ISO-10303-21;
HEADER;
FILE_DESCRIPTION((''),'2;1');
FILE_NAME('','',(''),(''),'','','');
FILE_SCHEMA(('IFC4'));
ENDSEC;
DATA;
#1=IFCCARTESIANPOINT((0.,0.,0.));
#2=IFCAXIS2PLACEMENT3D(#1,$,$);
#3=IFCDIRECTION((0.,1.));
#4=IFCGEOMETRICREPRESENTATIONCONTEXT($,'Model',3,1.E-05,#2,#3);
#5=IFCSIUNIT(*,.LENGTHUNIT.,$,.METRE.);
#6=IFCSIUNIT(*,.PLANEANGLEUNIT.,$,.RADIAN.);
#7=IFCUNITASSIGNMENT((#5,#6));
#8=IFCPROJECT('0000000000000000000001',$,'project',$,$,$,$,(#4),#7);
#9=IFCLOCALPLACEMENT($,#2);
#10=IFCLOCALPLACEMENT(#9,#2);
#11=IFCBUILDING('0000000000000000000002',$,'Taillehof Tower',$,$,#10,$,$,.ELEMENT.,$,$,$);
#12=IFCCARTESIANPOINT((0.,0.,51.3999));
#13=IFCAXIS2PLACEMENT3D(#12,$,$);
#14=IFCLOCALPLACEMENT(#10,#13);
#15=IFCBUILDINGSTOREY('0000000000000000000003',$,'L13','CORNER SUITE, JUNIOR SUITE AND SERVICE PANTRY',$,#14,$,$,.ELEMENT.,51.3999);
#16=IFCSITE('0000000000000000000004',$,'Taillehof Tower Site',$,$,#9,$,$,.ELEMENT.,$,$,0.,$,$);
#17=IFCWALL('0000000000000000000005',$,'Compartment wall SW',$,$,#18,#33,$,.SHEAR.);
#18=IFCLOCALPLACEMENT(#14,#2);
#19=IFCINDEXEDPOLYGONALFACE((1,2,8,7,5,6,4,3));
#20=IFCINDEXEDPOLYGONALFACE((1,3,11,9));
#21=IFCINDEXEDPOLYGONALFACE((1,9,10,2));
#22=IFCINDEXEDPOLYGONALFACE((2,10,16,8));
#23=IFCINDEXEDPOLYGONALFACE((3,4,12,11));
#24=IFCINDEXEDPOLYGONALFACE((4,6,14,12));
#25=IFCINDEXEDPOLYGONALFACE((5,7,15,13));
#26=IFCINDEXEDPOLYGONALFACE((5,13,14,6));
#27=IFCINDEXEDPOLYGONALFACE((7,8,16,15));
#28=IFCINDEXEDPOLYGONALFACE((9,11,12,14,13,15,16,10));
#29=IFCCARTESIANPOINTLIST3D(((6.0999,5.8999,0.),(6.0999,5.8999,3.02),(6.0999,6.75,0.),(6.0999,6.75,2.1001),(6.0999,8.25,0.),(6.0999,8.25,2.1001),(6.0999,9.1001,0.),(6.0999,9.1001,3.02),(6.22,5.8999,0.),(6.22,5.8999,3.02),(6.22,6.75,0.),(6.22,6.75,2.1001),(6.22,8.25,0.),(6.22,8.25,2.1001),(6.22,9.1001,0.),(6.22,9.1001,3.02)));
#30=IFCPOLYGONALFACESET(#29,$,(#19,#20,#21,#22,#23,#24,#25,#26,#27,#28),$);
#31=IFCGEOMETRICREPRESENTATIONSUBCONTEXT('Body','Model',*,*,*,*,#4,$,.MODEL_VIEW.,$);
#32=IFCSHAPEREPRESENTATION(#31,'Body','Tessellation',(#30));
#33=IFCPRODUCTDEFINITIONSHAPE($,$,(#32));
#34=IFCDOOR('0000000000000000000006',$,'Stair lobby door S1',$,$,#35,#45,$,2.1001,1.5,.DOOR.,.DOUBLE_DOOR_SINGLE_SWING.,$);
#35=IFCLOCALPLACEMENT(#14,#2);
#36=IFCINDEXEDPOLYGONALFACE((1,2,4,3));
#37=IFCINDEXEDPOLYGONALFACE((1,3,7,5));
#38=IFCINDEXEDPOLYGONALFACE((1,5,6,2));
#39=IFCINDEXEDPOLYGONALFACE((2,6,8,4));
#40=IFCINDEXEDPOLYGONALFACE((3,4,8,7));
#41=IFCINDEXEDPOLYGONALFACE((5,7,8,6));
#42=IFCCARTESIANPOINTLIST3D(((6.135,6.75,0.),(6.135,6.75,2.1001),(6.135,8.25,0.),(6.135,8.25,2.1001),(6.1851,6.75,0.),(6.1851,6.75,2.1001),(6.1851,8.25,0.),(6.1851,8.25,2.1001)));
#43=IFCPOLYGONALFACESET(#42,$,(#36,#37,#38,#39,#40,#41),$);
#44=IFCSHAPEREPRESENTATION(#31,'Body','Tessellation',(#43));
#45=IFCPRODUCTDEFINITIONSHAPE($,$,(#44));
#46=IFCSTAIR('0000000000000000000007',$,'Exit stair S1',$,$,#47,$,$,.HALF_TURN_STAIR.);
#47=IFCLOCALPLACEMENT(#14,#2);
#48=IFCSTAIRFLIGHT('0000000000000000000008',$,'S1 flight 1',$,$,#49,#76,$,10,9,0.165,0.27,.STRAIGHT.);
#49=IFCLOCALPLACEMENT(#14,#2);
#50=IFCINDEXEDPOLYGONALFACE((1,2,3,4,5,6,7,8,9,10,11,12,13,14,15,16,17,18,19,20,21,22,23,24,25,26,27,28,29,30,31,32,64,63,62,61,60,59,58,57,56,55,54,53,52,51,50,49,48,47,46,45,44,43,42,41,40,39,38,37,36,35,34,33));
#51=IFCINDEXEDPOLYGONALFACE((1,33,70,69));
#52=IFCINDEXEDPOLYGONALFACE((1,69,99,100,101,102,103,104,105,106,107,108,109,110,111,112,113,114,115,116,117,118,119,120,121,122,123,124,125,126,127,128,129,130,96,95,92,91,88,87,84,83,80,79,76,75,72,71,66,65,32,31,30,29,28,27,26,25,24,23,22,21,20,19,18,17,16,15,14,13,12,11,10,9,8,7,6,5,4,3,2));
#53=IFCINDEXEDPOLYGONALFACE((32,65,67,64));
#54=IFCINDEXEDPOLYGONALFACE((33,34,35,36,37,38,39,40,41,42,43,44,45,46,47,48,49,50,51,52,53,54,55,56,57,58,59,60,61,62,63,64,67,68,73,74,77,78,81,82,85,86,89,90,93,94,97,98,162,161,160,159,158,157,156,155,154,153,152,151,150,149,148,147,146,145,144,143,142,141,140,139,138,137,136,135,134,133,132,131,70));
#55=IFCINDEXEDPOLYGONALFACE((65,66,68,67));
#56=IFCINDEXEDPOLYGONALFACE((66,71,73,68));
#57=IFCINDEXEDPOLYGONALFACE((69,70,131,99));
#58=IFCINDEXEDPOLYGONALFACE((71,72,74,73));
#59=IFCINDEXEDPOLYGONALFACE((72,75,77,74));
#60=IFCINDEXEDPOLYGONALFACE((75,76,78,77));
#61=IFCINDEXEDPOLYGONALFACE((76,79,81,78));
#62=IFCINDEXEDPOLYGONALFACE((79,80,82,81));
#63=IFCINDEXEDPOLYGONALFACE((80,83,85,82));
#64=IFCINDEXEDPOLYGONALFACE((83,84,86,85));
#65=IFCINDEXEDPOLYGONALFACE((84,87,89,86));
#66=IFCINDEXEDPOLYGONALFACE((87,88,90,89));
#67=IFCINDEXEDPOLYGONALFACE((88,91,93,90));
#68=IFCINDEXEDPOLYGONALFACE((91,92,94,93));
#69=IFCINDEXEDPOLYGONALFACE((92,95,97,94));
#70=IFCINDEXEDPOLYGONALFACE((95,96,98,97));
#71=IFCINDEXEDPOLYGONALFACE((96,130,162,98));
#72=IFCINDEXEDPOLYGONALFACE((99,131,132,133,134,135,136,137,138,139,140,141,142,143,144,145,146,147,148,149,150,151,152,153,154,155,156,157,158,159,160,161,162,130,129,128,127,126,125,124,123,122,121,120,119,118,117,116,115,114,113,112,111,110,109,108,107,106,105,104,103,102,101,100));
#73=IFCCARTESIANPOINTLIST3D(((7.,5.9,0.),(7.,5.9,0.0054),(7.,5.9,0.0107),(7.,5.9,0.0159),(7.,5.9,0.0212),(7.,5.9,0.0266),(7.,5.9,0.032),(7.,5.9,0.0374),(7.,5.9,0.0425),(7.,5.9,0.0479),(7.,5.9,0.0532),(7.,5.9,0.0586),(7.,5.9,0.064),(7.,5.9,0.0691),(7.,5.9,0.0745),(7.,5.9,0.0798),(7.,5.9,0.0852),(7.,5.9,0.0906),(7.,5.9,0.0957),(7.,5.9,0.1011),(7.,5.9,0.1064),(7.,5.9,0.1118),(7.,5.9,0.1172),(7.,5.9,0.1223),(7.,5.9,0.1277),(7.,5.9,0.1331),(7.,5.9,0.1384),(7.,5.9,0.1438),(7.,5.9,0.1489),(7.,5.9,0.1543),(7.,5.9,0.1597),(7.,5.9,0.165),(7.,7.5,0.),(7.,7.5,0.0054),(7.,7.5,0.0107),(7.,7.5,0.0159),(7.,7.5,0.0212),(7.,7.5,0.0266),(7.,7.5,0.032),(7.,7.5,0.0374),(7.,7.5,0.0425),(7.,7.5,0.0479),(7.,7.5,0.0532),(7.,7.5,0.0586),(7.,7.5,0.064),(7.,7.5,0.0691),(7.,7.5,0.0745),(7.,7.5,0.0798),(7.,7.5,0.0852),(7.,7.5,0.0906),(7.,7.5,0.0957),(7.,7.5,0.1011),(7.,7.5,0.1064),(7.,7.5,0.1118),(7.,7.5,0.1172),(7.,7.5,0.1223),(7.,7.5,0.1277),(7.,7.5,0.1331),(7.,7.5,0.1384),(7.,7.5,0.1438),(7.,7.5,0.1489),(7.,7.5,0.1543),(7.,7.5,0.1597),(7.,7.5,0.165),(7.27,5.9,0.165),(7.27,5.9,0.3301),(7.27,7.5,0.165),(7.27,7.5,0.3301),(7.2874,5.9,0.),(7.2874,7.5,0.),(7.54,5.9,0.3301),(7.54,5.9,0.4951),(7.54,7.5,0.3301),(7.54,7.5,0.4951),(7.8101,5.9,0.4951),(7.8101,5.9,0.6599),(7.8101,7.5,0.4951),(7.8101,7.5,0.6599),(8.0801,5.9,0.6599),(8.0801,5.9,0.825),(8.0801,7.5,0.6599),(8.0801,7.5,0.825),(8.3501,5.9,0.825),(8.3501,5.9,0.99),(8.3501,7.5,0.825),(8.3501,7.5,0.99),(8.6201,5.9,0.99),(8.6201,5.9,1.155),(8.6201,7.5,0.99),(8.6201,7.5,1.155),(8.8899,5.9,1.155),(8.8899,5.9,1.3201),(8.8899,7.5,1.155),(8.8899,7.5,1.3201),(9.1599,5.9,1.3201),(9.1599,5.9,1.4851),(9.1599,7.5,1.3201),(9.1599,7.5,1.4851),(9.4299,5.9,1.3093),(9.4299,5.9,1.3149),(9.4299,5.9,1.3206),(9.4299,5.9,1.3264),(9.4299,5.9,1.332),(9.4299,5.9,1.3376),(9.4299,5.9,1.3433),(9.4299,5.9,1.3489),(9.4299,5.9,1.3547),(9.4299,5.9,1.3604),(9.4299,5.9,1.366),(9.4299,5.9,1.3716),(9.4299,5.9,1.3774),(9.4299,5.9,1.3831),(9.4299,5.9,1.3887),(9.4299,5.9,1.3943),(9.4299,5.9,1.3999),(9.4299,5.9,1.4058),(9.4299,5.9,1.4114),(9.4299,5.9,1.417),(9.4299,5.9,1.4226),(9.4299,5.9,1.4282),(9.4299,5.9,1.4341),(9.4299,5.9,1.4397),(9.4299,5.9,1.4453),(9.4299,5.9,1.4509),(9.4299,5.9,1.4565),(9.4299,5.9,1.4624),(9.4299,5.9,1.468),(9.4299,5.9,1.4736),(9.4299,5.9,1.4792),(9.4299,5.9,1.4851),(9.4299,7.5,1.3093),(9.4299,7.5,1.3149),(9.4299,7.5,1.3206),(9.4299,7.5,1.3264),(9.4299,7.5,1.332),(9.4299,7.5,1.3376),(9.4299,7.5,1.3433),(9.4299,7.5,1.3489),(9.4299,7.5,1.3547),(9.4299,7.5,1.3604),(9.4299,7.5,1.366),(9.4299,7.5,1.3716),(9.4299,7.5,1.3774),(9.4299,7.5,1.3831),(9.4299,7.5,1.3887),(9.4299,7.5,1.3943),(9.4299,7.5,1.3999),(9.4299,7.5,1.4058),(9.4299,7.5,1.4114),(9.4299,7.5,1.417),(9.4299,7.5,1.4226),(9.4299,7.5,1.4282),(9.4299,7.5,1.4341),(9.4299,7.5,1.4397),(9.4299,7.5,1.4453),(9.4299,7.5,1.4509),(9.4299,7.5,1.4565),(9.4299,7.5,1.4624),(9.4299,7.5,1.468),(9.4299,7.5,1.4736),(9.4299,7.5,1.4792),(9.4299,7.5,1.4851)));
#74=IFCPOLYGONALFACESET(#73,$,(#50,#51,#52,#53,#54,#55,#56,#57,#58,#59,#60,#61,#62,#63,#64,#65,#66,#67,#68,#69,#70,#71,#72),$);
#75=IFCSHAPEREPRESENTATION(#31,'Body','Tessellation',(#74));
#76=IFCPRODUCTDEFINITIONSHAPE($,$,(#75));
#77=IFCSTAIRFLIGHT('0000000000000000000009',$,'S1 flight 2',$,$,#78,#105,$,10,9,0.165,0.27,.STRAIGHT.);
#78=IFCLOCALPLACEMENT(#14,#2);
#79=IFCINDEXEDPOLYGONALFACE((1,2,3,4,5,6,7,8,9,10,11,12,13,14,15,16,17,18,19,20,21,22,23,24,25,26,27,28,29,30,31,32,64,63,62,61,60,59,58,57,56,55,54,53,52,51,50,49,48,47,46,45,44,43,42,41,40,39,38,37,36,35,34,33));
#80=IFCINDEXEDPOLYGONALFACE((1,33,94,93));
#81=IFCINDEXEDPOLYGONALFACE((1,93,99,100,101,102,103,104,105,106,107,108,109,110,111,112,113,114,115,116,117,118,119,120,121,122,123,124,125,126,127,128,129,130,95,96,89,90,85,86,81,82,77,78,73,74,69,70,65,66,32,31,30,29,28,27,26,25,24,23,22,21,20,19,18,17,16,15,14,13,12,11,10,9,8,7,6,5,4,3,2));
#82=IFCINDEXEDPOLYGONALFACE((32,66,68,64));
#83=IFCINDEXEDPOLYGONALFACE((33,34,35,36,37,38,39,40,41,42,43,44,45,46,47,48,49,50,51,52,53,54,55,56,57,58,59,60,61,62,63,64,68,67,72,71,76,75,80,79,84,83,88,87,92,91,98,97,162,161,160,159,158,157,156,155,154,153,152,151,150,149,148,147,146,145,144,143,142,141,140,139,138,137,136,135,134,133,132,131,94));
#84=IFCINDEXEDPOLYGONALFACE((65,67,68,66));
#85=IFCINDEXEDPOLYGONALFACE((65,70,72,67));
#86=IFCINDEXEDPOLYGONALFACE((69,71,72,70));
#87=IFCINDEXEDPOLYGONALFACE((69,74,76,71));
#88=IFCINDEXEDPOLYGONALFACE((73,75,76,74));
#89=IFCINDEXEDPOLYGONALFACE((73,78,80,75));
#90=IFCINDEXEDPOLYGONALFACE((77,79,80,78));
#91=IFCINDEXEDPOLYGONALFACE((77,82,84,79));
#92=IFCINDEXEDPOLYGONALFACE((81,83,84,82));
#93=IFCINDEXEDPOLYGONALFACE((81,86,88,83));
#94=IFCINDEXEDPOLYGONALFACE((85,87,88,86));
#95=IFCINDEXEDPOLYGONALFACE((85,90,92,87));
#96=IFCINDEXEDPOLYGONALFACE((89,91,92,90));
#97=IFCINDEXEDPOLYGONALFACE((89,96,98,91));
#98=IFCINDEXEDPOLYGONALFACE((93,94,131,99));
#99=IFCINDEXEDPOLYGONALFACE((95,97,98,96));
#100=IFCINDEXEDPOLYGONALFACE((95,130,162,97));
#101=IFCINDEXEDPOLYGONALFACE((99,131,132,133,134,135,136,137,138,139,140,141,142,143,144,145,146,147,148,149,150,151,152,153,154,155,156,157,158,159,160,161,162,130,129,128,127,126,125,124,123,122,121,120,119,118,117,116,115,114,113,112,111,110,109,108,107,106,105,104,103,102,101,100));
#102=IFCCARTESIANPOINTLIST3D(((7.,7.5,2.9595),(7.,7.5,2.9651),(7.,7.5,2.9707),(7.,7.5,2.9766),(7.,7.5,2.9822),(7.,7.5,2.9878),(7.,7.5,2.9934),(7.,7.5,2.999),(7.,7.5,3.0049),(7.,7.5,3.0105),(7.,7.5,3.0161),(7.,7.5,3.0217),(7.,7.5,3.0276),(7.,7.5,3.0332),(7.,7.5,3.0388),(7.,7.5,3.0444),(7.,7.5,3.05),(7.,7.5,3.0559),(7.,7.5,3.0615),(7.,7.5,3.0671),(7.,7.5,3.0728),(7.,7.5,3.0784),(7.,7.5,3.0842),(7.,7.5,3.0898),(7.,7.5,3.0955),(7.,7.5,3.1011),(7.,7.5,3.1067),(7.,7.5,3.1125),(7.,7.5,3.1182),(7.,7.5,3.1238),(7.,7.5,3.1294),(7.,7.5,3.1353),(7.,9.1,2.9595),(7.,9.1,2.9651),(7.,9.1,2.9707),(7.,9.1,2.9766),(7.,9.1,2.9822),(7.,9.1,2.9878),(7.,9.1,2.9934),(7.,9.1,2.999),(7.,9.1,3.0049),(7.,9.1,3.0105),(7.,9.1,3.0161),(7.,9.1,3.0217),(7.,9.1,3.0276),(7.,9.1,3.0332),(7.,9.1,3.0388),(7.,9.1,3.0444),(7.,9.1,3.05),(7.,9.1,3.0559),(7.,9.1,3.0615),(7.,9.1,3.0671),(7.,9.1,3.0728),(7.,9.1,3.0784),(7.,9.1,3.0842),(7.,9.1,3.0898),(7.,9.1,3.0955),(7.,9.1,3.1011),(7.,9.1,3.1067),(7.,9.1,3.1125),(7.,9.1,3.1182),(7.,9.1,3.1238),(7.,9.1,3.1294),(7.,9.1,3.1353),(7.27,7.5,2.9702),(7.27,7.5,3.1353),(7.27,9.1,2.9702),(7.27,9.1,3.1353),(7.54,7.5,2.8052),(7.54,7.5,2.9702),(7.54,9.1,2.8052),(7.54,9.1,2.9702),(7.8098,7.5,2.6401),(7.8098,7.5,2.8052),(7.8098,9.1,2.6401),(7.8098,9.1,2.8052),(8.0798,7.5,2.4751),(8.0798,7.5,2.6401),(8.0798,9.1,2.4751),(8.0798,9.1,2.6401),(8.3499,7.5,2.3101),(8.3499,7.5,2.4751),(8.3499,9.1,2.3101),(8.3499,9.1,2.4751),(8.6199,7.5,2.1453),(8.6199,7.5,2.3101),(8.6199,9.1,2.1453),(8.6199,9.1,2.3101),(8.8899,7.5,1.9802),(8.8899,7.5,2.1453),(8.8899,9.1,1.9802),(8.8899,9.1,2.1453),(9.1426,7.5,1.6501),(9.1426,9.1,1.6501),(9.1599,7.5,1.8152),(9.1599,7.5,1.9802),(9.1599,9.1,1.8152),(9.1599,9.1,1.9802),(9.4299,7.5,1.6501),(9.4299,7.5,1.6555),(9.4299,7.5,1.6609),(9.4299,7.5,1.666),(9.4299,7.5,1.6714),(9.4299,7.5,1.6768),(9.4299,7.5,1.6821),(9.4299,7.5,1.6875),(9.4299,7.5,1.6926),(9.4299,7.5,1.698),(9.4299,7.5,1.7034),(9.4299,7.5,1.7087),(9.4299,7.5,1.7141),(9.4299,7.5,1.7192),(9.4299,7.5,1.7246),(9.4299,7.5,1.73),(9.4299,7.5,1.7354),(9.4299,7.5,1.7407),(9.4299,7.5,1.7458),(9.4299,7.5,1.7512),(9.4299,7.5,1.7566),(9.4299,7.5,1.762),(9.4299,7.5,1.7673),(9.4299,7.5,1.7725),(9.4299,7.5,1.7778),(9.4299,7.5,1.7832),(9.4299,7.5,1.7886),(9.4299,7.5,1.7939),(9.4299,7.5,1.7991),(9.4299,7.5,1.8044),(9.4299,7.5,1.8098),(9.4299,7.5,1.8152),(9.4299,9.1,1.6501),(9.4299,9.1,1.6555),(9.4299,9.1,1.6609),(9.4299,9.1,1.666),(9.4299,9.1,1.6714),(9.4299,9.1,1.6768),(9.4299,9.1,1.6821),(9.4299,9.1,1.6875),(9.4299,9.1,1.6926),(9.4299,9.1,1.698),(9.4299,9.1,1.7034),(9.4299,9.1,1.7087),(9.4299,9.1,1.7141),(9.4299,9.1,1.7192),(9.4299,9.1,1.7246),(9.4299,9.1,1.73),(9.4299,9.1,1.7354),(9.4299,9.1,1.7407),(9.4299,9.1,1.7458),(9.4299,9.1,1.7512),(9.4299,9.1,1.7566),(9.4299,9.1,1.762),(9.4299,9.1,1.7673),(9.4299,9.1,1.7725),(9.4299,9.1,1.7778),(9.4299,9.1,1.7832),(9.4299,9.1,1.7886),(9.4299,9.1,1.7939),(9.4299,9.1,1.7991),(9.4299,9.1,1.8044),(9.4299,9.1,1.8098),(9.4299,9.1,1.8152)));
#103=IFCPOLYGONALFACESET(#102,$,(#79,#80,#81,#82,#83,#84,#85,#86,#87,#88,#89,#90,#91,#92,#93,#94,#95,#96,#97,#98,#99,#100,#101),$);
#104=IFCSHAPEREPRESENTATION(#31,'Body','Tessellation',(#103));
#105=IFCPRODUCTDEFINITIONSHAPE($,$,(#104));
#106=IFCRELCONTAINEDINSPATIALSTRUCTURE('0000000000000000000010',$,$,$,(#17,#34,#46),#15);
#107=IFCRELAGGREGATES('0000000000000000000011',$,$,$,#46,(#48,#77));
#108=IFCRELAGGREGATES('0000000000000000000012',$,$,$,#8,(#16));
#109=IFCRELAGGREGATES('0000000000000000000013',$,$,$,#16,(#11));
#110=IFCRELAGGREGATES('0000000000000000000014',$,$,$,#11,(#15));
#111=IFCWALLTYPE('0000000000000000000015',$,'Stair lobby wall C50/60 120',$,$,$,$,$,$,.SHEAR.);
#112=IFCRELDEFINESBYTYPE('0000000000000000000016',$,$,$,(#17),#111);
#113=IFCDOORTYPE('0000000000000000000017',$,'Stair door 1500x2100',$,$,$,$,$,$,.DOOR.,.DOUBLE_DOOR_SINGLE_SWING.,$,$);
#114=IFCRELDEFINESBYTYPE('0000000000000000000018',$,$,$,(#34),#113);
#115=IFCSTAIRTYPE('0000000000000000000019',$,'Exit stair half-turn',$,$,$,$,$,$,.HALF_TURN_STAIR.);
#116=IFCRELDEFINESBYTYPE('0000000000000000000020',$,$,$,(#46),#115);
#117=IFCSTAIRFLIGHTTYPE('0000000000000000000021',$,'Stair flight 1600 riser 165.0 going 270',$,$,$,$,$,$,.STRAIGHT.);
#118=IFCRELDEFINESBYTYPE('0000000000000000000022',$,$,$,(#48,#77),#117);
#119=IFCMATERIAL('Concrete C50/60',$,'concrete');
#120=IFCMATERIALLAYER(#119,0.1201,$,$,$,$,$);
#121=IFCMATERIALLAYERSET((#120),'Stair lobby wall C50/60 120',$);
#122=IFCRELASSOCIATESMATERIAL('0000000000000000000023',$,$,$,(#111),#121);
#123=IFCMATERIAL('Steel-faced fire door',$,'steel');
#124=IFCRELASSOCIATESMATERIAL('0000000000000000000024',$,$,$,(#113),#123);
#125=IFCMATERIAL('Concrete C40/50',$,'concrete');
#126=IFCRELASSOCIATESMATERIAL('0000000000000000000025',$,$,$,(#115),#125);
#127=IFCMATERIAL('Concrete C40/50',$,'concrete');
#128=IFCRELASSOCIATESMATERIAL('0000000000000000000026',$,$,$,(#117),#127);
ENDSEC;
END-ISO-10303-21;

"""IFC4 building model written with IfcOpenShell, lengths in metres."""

from ifc_helpers import new_model, si_unit, direction, frame, frame_2d, origin, place, context, subcontext, project, spatial, polyline, rectangle, outline, extrude, material, layer, layer_set, type_object, element, fill, aggregate, save


model = new_model("IFC4")

# Units and contexts
model_context = context("Model", 3, precision=1e-05, world=origin(), true_north=direction((0.0, 1.0)))
body_context = subcontext(model_context, "Body", "Model", "MODEL_VIEW")
ifc_project = project(units=[si_unit("LENGTHUNIT", "METRE"), si_unit("PLANEANGLEUNIT", "RADIAN")], contexts=[model_context])

# Site, building, storey
site_placement = place(None, origin())
site = spatial("IfcSite", under=ifc_project, at=site_placement, Name="Taillehof Tower Site", CompositionType="ELEMENT", RefElevation=0.0)
building_placement = place(site_placement, origin())
building = spatial("IfcBuilding", under=site, at=building_placement, Name="Taillehof Tower", CompositionType="ELEMENT")
storey_placement = place(building_placement, frame((0.0, 0.0, 51.3999)))
storey = spatial("IfcBuildingStorey", under=building, at=storey_placement, Name="L13", Description="CORNER SUITE, JUNIOR SUITE AND SERVICE PANTRY", CompositionType="ELEMENT", Elevation=51.3999)

# Wall, opening, door
ifc_material_1 = material(Name="Concrete C50/60", Category="concrete")
ifc_layer_1 = layer(ifc_material_1, 0.1201)
ifc_layer_set_1 = layer_set([ifc_layer_1], Name="Stair lobby wall C50/60 120")
wall_type_1 = type_object("IfcWallType", Name="Stair lobby wall C50/60 120", PredefinedType="SHEAR", material=ifc_layer_set_1)
wall_1_placement = place(storey_placement, frame((6.1599, 5.8999, 0.0), z_axis=(0.0, 0.0, 1.0), x_axis=(0.0, 1.0, 0.0)))
wall_1 = element("IfcWall", 1, at=wall_1_placement, inside=storey, type_object=wall_type_1, Name="Compartment wall SW", PredefinedType="SHEAR", context=body_context, shape_type="SweptSolid", body=[
    extrude(rectangle(XDim=3.2002, YDim=0.1201, at=frame_2d((1.6001, 0.0))), origin(), (0.0, 0.0, 1.0), 3.02),
])
opening_1_placement = place(wall_1_placement, frame((0.8501, 0.0, 0.0)))
opening_1 = element("IfcOpeningElement", 2, at=opening_1_placement, cuts=wall_1, PredefinedType="OPENING", context=body_context, shape_type="SweptSolid", body=[
    extrude(rectangle(XDim=1.5, YDim=2.1001, at=frame_2d((0.75, 1.05))), frame((0.0, 0.0701, 0.0), z_axis=(0.0, -1.0, 0.0), x_axis=(1.0, 0.0, 0.0)), (0.0, 0.0, 1.0), 0.1401),
])
ifc_material_2 = material(Name="Steel-faced fire door", Category="steel")
door_type_1 = type_object("IfcDoorType", Name="Stair door 1500x2100", OperationType="DOUBLE_DOOR_SINGLE_SWING", PredefinedType="DOOR", material=ifc_material_2)
door_1_placement = place(opening_1_placement, origin())
door_1 = element("IfcDoor", 3, at=door_1_placement, inside=storey, type_object=door_type_1, Name="Stair lobby door S1", OperationType="DOUBLE_DOOR_SINGLE_SWING", OverallHeight=2.1001, OverallWidth=1.5, PredefinedType="DOOR", context=body_context, shape_type="SweptSolid", body=[
    extrude(rectangle(XDim=1.5, YDim=2.1001, at=frame_2d((0.75, 1.05))), frame((0.0, 0.0249, 0.0), z_axis=(0.0, -1.0, 0.0), x_axis=(1.0, 0.0, 0.0)), (0.0, 0.0, 1.0), 0.05),
])
fill(opening_1, door_1)

# Stair, stair flights
ifc_material_3 = material(Name="Concrete C40/50", Category="concrete")
stair_type = type_object("IfcStairType", Name="Exit stair half-turn", PredefinedType="HALF_TURN_STAIR", material=ifc_material_3)
stair_placement = place(storey_placement, origin())
stair = element("IfcStair", 4, at=stair_placement, inside=storey, type_object=stair_type, Name="Exit stair S1", PredefinedType="HALF_TURN_STAIR")
ifc_material_4 = material(Name="Concrete C40/50", Category="concrete")
stair_flight_type = type_object("IfcStairFlightType", Name="Stair flight 1600 riser 165.0 going 270", PredefinedType="STRAIGHT", material=ifc_material_4)
stair_flight_1_placement = place(storey_placement, frame((7.0, 6.7, 0.0), z_axis=(0.0, 0.0, 1.0), x_axis=(1.0, 0.0, 0.0)))
stair_flight_1 = element("IfcStairFlight", 5, at=stair_flight_1_placement, type_object=stair_flight_type, Name="S1 flight 1", NumberOfRisers=10, NumberOfTreads=9, PredefinedType="STRAIGHT", RiserHeight=0.165, TreadLength=0.27, context=body_context, shape_type="SweptSolid", body=[
    extrude(outline(polyline([(0.0, 0.0), (0.0, 0.0054), (0.0, 0.0107), (0.0, 0.0159), (0.0, 0.0212), (0.0, 0.0266), (0.0, 0.032), (0.0, 0.0374), (0.0, 0.0425), (0.0, 0.0479), (0.0, 0.0532), (0.0, 0.0586), (0.0, 0.064), (0.0, 0.0691), (0.0, 0.0745), (0.0, 0.0798), (0.0, 0.0852), (0.0, 0.0906), (0.0, 0.0957), (0.0, 0.1011), (0.0, 0.1064), (0.0, 0.1118), (0.0, 0.1172), (0.0, 0.1223), (0.0, 0.1277), (0.0, 0.1331), (0.0, 0.1384), (0.0, 0.1438), (0.0, 0.1489), (0.0, 0.1543), (0.0, 0.1597), (0.0, 0.165), (0.27, 0.165), (0.27, 0.3301), (0.54, 0.3301), (0.54, 0.4951), (0.8101, 0.4951), (0.8101, 0.6599), (1.0801, 0.6599), (1.0801, 0.825), (1.3501, 0.825), (1.3501, 0.99), (1.6201, 0.99), (1.6201, 1.155), (1.8899, 1.155), (1.8899, 1.3201), (2.1599, 1.3201), (2.1599, 1.4851), (2.4299, 1.4851), (2.4299, 1.4792), (2.4299, 1.4736), (2.4299, 1.468), (2.4299, 1.4624), (2.4299, 1.4565), (2.4299, 1.4509), (2.4299, 1.4453), (2.4299, 1.4397), (2.4299, 1.4341), (2.4299, 1.4282), (2.4299, 1.4226), (2.4299, 1.417), (2.4299, 1.4114), (2.4299, 1.4058), (2.4299, 1.3999), (2.4299, 1.3943), (2.4299, 1.3887), (2.4299, 1.3831), (2.4299, 1.3774), (2.4299, 1.3716), (2.4299, 1.366), (2.4299, 1.3604), (2.4299, 1.3547), (2.4299, 1.3489), (2.4299, 1.3433), (2.4299, 1.3376), (2.4299, 1.332), (2.4299, 1.3264), (2.4299, 1.3206), (2.4299, 1.3149), (2.4299, 1.3093), (0.2874, 0.0), (0.0, 0.0)])), frame((0.0, 0.8, 0.0), z_axis=(0.0, -1.0, 0.0), x_axis=(1.0, 0.0, 0.0)), (0.0, 0.0, 1.0), 1.6),
])
stair_flight_2_placement = place(storey_placement, frame((9.4299, 8.3, 1.6501), z_axis=(0.0, 0.0, 1.0), x_axis=(-1.0, 0.0, 0.0)))
stair_flight_2 = element("IfcStairFlight", 6, at=stair_flight_2_placement, type_object=stair_flight_type, Name="S1 flight 2", NumberOfRisers=10, NumberOfTreads=9, PredefinedType="STRAIGHT", RiserHeight=0.165, TreadLength=0.27, context=body_context, shape_type="SweptSolid", body=[
    extrude(outline(polyline([(0.0, 0.0), (0.0, 0.0054), (0.0, 0.0107), (0.0, 0.0159), (0.0, 0.0212), (0.0, 0.0266), (0.0, 0.032), (0.0, 0.0374), (0.0, 0.0425), (0.0, 0.0479), (0.0, 0.0532), (0.0, 0.0586), (0.0, 0.064), (0.0, 0.0691), (0.0, 0.0745), (0.0, 0.0798), (0.0, 0.0852), (0.0, 0.0906), (0.0, 0.0957), (0.0, 0.1011), (0.0, 0.1064), (0.0, 0.1118), (0.0, 0.1172), (0.0, 0.1223), (0.0, 0.1277), (0.0, 0.1331), (0.0, 0.1384), (0.0, 0.1438), (0.0, 0.1489), (0.0, 0.1543), (0.0, 0.1597), (0.0, 0.165), (0.27, 0.165), (0.27, 0.3301), (0.54, 0.3301), (0.54, 0.4951), (0.8101, 0.4951), (0.8101, 0.6599), (1.0801, 0.6599), (1.0801, 0.825), (1.3501, 0.825), (1.3501, 0.99), (1.6201, 0.99), (1.6201, 1.155), (1.8899, 1.155), (1.8899, 1.3201), (2.1599, 1.3201), (2.1599, 1.4851), (2.4299, 1.4851), (2.4299, 1.4792), (2.4299, 1.4736), (2.4299, 1.468), (2.4299, 1.4624), (2.4299, 1.4565), (2.4299, 1.4509), (2.4299, 1.4453), (2.4299, 1.4397), (2.4299, 1.4341), (2.4299, 1.4282), (2.4299, 1.4226), (2.4299, 1.417), (2.4299, 1.4114), (2.4299, 1.4058), (2.4299, 1.3999), (2.4299, 1.3943), (2.4299, 1.3887), (2.4299, 1.3831), (2.4299, 1.3774), (2.4299, 1.3716), (2.4299, 1.366), (2.4299, 1.3604), (2.4299, 1.3547), (2.4299, 1.3489), (2.4299, 1.3433), (2.4299, 1.3376), (2.4299, 1.332), (2.4299, 1.3264), (2.4299, 1.3206), (2.4299, 1.3149), (2.4299, 1.3093), (0.2874, 0.0), (0.0, 0.0)])), frame((0.0, 0.8, 0.0), z_axis=(0.0, -1.0, 0.0), x_axis=(1.0, 0.0, 0.0)), (0.0, 0.0, 1.0), 1.6),
])
aggregate(stair, [stair_flight_1, stair_flight_2])

save(model, "model.ifc")
